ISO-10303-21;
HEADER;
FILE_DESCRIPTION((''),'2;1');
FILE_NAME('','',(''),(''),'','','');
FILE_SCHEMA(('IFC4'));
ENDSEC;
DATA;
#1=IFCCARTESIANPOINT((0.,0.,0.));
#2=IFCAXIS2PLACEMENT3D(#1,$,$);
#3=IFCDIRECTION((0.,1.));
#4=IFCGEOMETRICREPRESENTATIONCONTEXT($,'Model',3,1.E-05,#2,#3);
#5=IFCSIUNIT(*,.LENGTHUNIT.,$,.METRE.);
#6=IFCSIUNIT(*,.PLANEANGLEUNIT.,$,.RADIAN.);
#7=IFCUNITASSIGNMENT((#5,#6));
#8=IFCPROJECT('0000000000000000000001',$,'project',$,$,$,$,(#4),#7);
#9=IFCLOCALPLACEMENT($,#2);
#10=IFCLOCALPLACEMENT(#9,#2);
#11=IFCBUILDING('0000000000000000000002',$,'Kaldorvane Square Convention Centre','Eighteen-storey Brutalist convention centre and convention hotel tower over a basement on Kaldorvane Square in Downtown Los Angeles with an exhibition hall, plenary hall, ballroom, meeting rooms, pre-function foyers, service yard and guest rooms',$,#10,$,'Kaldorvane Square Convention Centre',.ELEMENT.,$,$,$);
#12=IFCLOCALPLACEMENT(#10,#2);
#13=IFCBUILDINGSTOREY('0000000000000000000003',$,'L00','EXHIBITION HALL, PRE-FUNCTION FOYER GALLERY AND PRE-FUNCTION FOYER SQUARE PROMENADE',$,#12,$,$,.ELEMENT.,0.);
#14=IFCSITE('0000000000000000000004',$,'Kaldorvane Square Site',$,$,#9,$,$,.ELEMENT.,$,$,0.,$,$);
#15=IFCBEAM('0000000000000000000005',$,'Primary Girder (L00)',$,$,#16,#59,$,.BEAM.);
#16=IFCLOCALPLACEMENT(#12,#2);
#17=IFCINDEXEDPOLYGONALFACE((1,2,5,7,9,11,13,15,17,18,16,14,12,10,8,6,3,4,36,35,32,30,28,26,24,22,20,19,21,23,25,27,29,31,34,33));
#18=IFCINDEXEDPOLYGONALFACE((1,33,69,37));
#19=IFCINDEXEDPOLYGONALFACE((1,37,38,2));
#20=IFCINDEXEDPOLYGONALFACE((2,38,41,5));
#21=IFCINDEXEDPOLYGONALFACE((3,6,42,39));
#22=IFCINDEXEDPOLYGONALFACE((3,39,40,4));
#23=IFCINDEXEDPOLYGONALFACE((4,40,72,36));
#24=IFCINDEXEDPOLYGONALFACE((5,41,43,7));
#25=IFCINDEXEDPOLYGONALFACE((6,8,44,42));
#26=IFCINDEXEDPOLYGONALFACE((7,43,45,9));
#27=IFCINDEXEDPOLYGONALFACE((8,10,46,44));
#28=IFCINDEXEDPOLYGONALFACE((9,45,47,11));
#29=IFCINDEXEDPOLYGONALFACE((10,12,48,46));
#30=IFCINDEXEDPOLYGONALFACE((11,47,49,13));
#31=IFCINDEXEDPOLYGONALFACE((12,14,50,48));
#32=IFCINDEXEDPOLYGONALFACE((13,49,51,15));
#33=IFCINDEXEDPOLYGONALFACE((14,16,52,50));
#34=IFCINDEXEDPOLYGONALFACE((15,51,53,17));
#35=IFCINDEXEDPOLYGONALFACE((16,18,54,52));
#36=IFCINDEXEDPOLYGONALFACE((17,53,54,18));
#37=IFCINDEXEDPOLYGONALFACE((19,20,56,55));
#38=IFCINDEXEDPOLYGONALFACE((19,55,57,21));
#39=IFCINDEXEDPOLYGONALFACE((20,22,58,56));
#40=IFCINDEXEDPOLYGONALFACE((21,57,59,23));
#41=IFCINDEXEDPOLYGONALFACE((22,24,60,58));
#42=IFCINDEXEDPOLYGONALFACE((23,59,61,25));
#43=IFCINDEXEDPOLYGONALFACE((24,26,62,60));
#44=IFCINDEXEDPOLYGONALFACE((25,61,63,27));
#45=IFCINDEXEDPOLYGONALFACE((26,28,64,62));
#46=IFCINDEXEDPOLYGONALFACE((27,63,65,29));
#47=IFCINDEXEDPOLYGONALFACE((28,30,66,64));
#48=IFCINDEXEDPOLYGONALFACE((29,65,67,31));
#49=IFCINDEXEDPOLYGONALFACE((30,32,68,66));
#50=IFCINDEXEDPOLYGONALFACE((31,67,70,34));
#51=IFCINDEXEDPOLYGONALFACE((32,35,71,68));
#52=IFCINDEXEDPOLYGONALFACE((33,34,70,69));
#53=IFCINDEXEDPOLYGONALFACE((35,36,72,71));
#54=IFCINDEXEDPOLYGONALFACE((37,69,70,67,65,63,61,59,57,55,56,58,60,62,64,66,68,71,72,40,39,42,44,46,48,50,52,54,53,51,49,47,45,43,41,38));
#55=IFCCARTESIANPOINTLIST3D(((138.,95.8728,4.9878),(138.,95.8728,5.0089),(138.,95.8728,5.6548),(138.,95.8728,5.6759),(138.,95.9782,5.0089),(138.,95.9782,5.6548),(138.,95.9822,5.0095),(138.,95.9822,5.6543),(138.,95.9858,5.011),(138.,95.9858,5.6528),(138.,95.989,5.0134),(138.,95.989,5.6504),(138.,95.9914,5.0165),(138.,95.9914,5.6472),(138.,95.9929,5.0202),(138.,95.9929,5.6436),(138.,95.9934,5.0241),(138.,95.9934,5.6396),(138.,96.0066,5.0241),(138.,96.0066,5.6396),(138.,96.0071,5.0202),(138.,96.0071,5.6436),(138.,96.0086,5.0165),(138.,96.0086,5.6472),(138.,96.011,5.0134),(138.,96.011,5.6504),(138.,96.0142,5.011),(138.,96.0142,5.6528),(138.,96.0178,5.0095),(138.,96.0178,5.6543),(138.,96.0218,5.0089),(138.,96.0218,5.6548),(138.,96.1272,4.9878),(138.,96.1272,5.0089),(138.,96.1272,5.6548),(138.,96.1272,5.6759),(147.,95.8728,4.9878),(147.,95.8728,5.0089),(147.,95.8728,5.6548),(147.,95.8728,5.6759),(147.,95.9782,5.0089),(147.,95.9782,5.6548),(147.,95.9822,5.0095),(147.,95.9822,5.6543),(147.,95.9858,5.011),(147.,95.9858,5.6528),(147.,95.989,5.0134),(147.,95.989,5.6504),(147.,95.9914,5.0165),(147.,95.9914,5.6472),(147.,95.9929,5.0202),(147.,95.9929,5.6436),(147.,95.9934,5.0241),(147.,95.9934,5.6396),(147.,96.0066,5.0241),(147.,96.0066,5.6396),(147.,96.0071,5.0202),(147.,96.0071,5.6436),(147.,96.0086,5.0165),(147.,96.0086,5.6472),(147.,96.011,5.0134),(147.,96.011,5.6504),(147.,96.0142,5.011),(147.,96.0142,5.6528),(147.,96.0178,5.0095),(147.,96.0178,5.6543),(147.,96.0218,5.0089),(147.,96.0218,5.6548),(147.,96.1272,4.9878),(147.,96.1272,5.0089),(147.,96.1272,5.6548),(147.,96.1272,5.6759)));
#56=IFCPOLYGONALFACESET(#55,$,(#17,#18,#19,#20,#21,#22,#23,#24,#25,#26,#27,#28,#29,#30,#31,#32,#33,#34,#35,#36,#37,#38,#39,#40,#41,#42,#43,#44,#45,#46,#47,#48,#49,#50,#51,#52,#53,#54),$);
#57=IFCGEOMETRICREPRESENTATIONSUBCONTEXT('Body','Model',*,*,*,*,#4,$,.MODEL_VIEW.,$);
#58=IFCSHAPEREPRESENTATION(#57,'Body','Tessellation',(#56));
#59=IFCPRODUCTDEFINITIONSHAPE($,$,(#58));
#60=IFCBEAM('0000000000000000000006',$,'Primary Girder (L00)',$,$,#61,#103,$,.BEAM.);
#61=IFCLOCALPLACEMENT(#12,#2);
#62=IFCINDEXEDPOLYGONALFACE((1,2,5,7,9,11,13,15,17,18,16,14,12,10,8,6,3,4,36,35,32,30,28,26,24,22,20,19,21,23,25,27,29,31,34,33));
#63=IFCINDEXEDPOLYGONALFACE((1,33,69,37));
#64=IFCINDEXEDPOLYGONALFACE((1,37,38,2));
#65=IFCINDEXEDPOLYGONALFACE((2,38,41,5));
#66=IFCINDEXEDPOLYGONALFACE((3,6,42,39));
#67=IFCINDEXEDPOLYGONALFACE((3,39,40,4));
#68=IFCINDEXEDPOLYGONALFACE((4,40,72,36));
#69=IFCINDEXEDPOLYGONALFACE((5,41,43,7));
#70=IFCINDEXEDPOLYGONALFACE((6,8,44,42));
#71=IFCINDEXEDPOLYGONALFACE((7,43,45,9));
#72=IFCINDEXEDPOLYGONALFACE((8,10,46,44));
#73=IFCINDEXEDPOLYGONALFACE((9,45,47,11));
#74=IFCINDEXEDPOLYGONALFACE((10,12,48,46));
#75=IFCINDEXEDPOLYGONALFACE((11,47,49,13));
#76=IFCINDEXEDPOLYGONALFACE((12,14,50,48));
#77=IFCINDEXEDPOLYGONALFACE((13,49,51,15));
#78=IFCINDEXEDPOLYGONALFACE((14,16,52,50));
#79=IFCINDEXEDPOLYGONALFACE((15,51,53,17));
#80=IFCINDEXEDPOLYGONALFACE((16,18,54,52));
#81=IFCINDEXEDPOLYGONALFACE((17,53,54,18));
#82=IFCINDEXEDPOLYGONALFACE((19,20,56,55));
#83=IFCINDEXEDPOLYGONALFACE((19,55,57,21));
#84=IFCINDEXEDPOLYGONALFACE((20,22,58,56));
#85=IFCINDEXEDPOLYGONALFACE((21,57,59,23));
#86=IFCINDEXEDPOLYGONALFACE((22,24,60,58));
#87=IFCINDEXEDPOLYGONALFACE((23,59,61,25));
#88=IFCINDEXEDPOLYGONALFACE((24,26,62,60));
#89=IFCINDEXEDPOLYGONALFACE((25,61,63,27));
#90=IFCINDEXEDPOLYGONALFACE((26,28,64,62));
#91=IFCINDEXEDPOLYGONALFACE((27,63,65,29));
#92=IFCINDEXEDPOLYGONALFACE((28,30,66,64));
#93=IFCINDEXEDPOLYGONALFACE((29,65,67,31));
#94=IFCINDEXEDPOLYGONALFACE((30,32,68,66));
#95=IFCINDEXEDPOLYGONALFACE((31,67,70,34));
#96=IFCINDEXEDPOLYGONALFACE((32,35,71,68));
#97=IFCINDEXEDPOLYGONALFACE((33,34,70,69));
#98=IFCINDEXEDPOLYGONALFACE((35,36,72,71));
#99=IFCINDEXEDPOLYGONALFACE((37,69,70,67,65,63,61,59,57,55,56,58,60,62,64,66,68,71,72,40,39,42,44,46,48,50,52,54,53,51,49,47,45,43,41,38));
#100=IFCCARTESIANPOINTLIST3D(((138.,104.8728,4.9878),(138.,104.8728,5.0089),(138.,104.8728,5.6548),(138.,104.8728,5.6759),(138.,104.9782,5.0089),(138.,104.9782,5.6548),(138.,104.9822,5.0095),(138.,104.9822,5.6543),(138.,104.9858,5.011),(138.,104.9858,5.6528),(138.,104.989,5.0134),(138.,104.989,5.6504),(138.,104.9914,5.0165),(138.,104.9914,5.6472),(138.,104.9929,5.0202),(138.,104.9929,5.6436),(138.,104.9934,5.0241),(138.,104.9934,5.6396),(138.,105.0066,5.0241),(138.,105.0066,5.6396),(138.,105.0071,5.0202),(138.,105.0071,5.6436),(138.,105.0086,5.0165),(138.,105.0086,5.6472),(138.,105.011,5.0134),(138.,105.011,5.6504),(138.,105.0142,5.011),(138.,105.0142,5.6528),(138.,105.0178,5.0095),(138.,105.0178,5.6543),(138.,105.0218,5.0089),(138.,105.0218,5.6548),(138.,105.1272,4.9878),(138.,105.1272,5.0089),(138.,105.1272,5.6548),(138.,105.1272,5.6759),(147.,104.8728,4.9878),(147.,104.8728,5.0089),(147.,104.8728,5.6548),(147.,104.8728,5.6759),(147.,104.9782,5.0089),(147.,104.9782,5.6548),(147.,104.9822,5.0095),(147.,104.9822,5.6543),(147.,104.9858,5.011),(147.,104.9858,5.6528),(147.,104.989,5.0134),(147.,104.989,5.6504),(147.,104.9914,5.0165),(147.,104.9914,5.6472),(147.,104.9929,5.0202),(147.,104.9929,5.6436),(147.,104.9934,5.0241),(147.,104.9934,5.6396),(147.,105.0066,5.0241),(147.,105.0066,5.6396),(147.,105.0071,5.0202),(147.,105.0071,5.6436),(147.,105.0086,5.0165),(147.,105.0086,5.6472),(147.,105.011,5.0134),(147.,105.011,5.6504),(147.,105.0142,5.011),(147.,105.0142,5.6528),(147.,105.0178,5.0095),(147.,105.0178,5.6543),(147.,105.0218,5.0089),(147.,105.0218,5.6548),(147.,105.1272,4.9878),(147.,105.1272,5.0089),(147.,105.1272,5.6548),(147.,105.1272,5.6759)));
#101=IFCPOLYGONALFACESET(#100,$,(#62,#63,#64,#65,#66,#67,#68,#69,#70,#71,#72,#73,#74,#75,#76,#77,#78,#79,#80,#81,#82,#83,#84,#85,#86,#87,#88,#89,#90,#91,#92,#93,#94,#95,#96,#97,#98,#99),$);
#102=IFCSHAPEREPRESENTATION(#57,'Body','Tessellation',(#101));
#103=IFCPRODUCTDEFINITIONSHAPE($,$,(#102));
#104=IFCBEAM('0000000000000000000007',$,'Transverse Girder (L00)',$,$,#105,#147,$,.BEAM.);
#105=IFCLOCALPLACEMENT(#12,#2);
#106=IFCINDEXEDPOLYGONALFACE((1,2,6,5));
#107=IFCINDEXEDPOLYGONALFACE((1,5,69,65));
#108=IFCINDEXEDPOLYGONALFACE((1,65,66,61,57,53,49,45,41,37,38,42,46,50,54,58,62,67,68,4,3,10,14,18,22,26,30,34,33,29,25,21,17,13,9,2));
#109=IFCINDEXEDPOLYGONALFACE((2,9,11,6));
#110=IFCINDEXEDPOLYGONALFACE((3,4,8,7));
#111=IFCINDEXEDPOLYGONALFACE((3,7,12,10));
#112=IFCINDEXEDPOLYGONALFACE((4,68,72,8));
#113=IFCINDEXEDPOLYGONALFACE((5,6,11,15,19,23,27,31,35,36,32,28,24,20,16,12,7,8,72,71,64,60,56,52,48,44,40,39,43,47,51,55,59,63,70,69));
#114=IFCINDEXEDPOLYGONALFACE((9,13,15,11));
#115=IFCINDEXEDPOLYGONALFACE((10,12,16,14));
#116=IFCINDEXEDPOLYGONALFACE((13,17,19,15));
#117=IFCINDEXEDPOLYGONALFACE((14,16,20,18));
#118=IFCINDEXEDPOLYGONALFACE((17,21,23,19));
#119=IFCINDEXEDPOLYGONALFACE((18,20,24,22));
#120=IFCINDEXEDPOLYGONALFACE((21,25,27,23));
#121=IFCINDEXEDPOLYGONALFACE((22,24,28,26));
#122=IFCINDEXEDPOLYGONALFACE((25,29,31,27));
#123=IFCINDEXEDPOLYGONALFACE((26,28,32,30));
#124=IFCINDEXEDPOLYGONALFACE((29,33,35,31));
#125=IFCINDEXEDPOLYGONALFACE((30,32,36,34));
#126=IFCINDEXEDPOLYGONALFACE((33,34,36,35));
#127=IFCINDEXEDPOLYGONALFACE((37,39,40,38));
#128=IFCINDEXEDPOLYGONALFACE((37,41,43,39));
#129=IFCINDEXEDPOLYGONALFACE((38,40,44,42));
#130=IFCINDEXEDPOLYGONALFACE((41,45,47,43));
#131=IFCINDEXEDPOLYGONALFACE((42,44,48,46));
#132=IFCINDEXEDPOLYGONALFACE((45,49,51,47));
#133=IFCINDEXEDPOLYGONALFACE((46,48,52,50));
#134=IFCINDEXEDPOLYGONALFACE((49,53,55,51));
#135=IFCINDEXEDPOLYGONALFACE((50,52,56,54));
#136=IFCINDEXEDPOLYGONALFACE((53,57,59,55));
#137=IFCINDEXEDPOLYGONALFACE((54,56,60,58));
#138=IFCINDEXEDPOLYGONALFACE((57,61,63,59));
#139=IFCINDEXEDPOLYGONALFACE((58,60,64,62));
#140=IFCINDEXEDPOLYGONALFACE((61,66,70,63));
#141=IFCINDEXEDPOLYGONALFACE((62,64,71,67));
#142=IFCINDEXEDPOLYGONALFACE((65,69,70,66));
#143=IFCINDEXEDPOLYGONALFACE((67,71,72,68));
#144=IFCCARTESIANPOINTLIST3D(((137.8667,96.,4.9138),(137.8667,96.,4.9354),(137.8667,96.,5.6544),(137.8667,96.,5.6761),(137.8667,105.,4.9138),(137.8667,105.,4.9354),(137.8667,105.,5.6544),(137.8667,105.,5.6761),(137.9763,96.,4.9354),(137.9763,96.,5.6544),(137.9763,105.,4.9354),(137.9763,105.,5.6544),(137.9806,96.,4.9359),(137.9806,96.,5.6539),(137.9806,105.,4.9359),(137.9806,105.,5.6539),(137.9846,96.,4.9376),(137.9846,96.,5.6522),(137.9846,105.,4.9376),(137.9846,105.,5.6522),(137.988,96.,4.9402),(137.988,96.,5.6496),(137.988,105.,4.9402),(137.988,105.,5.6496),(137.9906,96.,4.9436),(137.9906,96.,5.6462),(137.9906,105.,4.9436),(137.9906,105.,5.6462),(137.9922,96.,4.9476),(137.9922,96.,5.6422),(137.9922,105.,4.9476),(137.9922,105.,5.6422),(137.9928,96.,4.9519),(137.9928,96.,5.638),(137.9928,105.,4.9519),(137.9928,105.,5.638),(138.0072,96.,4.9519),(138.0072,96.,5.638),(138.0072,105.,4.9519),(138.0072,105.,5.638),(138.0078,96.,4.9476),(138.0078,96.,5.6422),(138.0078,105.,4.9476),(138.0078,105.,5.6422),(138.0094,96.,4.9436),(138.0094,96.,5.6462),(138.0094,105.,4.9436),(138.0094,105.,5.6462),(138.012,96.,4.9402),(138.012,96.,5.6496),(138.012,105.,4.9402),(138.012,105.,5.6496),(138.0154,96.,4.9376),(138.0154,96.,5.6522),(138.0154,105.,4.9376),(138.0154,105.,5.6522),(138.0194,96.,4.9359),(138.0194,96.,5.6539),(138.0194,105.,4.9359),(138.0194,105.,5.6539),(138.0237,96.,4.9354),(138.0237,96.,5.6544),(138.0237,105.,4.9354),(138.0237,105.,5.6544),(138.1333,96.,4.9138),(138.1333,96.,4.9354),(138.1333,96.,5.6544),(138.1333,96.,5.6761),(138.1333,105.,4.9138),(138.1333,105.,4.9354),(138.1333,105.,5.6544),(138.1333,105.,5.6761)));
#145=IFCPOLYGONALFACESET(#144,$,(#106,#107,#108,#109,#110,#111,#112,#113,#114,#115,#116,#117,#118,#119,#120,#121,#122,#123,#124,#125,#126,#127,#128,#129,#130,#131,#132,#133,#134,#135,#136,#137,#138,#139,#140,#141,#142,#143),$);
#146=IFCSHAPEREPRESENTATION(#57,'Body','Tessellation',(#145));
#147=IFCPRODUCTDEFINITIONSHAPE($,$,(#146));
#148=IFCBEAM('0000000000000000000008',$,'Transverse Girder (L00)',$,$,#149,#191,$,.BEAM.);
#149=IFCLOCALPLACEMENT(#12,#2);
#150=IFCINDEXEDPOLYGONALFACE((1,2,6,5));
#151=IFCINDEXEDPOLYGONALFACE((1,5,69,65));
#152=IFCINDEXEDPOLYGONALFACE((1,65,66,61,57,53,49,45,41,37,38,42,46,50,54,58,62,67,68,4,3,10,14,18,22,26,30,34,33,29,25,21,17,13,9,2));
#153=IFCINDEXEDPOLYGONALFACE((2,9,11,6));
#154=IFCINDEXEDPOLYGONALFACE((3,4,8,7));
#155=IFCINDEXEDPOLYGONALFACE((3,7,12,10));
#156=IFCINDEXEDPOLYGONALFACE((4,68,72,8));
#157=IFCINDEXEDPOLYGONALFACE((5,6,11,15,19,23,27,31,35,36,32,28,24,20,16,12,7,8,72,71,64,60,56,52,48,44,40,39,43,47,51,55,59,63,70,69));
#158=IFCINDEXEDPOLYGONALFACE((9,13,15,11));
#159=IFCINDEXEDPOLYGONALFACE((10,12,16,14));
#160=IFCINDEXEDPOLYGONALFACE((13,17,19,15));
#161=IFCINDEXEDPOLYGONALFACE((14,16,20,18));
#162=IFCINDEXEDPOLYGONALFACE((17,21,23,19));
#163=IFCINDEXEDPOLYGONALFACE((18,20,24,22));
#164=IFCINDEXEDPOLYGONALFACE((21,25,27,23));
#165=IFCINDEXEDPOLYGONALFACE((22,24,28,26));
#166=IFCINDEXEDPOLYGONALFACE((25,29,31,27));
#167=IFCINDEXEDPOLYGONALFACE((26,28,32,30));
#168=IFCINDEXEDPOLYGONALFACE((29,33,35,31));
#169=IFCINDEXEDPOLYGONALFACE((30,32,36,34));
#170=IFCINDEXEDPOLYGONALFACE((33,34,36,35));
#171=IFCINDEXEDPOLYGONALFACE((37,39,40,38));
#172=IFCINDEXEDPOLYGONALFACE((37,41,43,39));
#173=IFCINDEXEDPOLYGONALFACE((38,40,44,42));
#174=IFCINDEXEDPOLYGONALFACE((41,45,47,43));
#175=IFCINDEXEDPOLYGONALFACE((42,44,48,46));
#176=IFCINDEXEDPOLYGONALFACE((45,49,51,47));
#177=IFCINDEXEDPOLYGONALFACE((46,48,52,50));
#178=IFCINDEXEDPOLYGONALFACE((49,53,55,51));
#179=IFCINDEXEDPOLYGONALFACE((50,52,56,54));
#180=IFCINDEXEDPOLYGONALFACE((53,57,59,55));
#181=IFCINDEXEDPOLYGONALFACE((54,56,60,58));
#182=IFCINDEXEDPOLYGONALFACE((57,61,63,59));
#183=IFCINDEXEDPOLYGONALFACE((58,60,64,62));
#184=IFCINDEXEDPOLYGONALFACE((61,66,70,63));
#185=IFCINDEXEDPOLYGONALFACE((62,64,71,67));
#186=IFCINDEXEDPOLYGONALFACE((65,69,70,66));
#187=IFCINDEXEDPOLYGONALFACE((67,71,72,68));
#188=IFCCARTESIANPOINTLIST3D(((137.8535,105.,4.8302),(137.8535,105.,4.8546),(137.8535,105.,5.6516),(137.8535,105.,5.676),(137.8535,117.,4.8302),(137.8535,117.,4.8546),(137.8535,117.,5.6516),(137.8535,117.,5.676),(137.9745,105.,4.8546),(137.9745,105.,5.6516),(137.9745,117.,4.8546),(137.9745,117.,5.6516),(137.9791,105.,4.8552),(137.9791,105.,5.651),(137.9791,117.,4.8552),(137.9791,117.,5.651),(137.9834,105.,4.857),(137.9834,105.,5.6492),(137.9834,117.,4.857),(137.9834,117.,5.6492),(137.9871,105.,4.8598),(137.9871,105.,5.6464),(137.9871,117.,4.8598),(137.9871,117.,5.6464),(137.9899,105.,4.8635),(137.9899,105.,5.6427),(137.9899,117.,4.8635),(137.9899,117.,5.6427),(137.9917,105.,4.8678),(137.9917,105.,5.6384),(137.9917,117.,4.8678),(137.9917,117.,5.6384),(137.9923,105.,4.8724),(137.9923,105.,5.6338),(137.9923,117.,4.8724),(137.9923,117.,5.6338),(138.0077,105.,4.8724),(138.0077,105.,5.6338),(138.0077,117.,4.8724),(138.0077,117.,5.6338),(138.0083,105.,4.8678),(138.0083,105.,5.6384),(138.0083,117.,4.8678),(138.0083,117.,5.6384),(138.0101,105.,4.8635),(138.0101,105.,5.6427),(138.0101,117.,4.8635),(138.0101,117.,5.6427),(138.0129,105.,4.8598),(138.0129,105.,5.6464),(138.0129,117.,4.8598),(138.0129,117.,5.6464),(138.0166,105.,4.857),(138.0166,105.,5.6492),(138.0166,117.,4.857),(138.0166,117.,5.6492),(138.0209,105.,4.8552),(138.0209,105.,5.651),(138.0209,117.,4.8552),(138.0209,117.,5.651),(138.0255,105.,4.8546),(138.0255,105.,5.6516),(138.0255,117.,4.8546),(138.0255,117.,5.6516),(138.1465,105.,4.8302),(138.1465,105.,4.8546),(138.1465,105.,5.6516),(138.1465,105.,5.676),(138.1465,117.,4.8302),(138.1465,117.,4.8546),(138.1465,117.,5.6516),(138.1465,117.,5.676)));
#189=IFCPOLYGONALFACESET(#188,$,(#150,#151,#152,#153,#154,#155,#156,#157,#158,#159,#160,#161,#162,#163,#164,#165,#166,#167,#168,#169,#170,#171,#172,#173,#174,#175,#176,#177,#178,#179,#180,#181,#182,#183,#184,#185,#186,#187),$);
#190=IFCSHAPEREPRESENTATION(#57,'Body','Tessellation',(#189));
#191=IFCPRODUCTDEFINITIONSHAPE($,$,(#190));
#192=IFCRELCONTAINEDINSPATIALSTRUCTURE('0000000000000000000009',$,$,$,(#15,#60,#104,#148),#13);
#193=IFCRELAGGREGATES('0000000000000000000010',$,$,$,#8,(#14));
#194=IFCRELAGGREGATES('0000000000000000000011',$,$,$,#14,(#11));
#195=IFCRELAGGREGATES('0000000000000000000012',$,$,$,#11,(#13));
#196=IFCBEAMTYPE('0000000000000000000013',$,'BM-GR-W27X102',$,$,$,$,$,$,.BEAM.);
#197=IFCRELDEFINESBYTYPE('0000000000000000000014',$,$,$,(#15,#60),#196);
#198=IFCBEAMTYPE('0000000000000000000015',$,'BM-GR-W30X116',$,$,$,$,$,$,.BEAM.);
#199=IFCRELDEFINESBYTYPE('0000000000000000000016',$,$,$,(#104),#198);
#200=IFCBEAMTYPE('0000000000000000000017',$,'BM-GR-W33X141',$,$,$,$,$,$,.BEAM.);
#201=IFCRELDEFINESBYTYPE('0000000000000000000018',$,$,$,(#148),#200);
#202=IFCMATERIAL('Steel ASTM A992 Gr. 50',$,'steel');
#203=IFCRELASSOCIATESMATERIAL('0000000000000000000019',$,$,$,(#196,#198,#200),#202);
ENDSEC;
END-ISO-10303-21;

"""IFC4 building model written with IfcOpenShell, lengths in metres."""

from ifc_helpers import new_model, si_unit, direction, frame, origin, origin_2d, place, context, subcontext, project, spatial, i_section, extrude, material, material_profile, profile_set, type_object, element, save


model = new_model("IFC4")

# Units and contexts
model_context = context("Model", 3, precision=1e-05, world=origin(), true_north=direction((0.0, 1.0)))
body_context = subcontext(model_context, "Body", "Model", "MODEL_VIEW")
ifc_project = project(units=[si_unit("LENGTHUNIT", "METRE"), si_unit("PLANEANGLEUNIT", "RADIAN")], contexts=[model_context])

# Site, building, storey
site_placement = place(None, origin())
site = spatial("IfcSite", under=ifc_project, at=site_placement, Name="Kaldorvane Square Site", CompositionType="ELEMENT", RefElevation=0.0)
building_placement = place(site_placement, origin())
building = spatial("IfcBuilding", under=site, at=building_placement, Name="Kaldorvane Square Convention Centre", Description="Eighteen-storey Brutalist convention centre and convention hotel tower over a basement on Kaldorvane Square in Downtown Los Angeles with an exhibition hall, plenary hall, ballroom, meeting rooms, pre-function foyers, service yard and guest rooms", LongName="Kaldorvane Square Convention Centre", CompositionType="ELEMENT")
storey_placement = place(building_placement, origin())
storey = spatial("IfcBuildingStorey", under=building, at=storey_placement, Name="L00", Description="EXHIBITION HALL, PRE-FUNCTION FOYER GALLERY AND PRE-FUNCTION FOYER SQUARE PROMENADE", CompositionType="ELEMENT", Elevation=0.0)

# Shared definitions
ifc_material_1 = material(Name="Steel ASTM A992 Gr. 50", Category="steel")

# Beams
ifc_material_profile_1 = material_profile(ifc_material_1, i_section(OverallWidth=0.2544, OverallDepth=0.6881, WebThickness=0.0131, FlangeThickness=0.0211, FilletRadius=0.0152, at=origin_2d()), Name="W27X102")
ifc_profile_set_1 = profile_set([ifc_material_profile_1], Name="Steel ASTM A992 Gr. 50")
beam_type_1 = type_object("IfcBeamType", Name="BM-GR-W27X102", PredefinedType="BEAM", material=ifc_profile_set_1)
for number, where, z_axis, x_axis, name in (
    (1, (138.0, 96.0, 5.3319), (1.0, 0.0, 0.0), (0.0, 1.0, 0.0), "Primary Girder (L00)"),
    (2, (138.0, 105.0, 5.3319), (1.0, 0.0, 0.0), (0.0, 1.0, 0.0), "Primary Girder (L00)"),
):
    element("IfcBeam", number, at=place(storey_placement, frame(where, z_axis=z_axis, x_axis=x_axis)), inside=storey, type_object=beam_type_1, Name=name, PredefinedType="BEAM", context=body_context, shape_type="SweptSolid", body=[
        extrude(i_section(OverallWidth=0.2544, OverallDepth=0.6881, WebThickness=0.0131, FlangeThickness=0.0211, FilletRadius=0.0152, at=origin_2d()), origin(), (0.0, 0.0, 1.0), 9.0),
    ])
ifc_material_profile_2 = material_profile(ifc_material_1, i_section(OverallWidth=0.2666, OverallDepth=0.7623, WebThickness=0.0144, FlangeThickness=0.0216, FilletRadius=0.0165, at=origin_2d()), Name="W30X116")
ifc_profile_set_2 = profile_set([ifc_material_profile_2], Name="Steel ASTM A992 Gr. 50")
beam_type_2 = type_object("IfcBeamType", Name="BM-GR-W30X116", PredefinedType="BEAM", material=ifc_profile_set_2)
beam_1_placement = place(storey_placement, frame((138.0, 96.0, 5.2949), z_axis=(0.0, 1.0, 0.0), x_axis=(-1.0, 0.0, 0.0)))
element("IfcBeam", 3, at=beam_1_placement, inside=storey, type_object=beam_type_2, Name="Transverse Girder (L00)", PredefinedType="BEAM", context=body_context, shape_type="SweptSolid", body=[
    extrude(i_section(OverallWidth=0.2666, OverallDepth=0.7623, WebThickness=0.0144, FlangeThickness=0.0216, FilletRadius=0.0165, at=origin_2d()), origin(), (0.0, 0.0, 1.0), 9.0),
])
ifc_material_profile_3 = material_profile(ifc_material_1, i_section(OverallWidth=0.293, OverallDepth=0.8458, WebThickness=0.0154, FlangeThickness=0.0244, FilletRadius=0.0178, at=origin_2d()), Name="W33X141")
ifc_profile_set_3 = profile_set([ifc_material_profile_3], Name="Steel ASTM A992 Gr. 50")
beam_type_3 = type_object("IfcBeamType", Name="BM-GR-W33X141", PredefinedType="BEAM", material=ifc_profile_set_3)
beam_2_placement = place(storey_placement, frame((138.0, 105.0, 5.2531), z_axis=(0.0, 1.0, 0.0), x_axis=(-1.0, 0.0, 0.0)))
element("IfcBeam", 4, at=beam_2_placement, inside=storey, type_object=beam_type_3, Name="Transverse Girder (L00)", PredefinedType="BEAM", context=body_context, shape_type="SweptSolid", body=[
    extrude(i_section(OverallWidth=0.293, OverallDepth=0.8458, WebThickness=0.0154, FlangeThickness=0.0244, FilletRadius=0.0178, at=origin_2d()), origin(), (0.0, 0.0, 1.0), 12.0),
])

save(model, "model.ifc")
